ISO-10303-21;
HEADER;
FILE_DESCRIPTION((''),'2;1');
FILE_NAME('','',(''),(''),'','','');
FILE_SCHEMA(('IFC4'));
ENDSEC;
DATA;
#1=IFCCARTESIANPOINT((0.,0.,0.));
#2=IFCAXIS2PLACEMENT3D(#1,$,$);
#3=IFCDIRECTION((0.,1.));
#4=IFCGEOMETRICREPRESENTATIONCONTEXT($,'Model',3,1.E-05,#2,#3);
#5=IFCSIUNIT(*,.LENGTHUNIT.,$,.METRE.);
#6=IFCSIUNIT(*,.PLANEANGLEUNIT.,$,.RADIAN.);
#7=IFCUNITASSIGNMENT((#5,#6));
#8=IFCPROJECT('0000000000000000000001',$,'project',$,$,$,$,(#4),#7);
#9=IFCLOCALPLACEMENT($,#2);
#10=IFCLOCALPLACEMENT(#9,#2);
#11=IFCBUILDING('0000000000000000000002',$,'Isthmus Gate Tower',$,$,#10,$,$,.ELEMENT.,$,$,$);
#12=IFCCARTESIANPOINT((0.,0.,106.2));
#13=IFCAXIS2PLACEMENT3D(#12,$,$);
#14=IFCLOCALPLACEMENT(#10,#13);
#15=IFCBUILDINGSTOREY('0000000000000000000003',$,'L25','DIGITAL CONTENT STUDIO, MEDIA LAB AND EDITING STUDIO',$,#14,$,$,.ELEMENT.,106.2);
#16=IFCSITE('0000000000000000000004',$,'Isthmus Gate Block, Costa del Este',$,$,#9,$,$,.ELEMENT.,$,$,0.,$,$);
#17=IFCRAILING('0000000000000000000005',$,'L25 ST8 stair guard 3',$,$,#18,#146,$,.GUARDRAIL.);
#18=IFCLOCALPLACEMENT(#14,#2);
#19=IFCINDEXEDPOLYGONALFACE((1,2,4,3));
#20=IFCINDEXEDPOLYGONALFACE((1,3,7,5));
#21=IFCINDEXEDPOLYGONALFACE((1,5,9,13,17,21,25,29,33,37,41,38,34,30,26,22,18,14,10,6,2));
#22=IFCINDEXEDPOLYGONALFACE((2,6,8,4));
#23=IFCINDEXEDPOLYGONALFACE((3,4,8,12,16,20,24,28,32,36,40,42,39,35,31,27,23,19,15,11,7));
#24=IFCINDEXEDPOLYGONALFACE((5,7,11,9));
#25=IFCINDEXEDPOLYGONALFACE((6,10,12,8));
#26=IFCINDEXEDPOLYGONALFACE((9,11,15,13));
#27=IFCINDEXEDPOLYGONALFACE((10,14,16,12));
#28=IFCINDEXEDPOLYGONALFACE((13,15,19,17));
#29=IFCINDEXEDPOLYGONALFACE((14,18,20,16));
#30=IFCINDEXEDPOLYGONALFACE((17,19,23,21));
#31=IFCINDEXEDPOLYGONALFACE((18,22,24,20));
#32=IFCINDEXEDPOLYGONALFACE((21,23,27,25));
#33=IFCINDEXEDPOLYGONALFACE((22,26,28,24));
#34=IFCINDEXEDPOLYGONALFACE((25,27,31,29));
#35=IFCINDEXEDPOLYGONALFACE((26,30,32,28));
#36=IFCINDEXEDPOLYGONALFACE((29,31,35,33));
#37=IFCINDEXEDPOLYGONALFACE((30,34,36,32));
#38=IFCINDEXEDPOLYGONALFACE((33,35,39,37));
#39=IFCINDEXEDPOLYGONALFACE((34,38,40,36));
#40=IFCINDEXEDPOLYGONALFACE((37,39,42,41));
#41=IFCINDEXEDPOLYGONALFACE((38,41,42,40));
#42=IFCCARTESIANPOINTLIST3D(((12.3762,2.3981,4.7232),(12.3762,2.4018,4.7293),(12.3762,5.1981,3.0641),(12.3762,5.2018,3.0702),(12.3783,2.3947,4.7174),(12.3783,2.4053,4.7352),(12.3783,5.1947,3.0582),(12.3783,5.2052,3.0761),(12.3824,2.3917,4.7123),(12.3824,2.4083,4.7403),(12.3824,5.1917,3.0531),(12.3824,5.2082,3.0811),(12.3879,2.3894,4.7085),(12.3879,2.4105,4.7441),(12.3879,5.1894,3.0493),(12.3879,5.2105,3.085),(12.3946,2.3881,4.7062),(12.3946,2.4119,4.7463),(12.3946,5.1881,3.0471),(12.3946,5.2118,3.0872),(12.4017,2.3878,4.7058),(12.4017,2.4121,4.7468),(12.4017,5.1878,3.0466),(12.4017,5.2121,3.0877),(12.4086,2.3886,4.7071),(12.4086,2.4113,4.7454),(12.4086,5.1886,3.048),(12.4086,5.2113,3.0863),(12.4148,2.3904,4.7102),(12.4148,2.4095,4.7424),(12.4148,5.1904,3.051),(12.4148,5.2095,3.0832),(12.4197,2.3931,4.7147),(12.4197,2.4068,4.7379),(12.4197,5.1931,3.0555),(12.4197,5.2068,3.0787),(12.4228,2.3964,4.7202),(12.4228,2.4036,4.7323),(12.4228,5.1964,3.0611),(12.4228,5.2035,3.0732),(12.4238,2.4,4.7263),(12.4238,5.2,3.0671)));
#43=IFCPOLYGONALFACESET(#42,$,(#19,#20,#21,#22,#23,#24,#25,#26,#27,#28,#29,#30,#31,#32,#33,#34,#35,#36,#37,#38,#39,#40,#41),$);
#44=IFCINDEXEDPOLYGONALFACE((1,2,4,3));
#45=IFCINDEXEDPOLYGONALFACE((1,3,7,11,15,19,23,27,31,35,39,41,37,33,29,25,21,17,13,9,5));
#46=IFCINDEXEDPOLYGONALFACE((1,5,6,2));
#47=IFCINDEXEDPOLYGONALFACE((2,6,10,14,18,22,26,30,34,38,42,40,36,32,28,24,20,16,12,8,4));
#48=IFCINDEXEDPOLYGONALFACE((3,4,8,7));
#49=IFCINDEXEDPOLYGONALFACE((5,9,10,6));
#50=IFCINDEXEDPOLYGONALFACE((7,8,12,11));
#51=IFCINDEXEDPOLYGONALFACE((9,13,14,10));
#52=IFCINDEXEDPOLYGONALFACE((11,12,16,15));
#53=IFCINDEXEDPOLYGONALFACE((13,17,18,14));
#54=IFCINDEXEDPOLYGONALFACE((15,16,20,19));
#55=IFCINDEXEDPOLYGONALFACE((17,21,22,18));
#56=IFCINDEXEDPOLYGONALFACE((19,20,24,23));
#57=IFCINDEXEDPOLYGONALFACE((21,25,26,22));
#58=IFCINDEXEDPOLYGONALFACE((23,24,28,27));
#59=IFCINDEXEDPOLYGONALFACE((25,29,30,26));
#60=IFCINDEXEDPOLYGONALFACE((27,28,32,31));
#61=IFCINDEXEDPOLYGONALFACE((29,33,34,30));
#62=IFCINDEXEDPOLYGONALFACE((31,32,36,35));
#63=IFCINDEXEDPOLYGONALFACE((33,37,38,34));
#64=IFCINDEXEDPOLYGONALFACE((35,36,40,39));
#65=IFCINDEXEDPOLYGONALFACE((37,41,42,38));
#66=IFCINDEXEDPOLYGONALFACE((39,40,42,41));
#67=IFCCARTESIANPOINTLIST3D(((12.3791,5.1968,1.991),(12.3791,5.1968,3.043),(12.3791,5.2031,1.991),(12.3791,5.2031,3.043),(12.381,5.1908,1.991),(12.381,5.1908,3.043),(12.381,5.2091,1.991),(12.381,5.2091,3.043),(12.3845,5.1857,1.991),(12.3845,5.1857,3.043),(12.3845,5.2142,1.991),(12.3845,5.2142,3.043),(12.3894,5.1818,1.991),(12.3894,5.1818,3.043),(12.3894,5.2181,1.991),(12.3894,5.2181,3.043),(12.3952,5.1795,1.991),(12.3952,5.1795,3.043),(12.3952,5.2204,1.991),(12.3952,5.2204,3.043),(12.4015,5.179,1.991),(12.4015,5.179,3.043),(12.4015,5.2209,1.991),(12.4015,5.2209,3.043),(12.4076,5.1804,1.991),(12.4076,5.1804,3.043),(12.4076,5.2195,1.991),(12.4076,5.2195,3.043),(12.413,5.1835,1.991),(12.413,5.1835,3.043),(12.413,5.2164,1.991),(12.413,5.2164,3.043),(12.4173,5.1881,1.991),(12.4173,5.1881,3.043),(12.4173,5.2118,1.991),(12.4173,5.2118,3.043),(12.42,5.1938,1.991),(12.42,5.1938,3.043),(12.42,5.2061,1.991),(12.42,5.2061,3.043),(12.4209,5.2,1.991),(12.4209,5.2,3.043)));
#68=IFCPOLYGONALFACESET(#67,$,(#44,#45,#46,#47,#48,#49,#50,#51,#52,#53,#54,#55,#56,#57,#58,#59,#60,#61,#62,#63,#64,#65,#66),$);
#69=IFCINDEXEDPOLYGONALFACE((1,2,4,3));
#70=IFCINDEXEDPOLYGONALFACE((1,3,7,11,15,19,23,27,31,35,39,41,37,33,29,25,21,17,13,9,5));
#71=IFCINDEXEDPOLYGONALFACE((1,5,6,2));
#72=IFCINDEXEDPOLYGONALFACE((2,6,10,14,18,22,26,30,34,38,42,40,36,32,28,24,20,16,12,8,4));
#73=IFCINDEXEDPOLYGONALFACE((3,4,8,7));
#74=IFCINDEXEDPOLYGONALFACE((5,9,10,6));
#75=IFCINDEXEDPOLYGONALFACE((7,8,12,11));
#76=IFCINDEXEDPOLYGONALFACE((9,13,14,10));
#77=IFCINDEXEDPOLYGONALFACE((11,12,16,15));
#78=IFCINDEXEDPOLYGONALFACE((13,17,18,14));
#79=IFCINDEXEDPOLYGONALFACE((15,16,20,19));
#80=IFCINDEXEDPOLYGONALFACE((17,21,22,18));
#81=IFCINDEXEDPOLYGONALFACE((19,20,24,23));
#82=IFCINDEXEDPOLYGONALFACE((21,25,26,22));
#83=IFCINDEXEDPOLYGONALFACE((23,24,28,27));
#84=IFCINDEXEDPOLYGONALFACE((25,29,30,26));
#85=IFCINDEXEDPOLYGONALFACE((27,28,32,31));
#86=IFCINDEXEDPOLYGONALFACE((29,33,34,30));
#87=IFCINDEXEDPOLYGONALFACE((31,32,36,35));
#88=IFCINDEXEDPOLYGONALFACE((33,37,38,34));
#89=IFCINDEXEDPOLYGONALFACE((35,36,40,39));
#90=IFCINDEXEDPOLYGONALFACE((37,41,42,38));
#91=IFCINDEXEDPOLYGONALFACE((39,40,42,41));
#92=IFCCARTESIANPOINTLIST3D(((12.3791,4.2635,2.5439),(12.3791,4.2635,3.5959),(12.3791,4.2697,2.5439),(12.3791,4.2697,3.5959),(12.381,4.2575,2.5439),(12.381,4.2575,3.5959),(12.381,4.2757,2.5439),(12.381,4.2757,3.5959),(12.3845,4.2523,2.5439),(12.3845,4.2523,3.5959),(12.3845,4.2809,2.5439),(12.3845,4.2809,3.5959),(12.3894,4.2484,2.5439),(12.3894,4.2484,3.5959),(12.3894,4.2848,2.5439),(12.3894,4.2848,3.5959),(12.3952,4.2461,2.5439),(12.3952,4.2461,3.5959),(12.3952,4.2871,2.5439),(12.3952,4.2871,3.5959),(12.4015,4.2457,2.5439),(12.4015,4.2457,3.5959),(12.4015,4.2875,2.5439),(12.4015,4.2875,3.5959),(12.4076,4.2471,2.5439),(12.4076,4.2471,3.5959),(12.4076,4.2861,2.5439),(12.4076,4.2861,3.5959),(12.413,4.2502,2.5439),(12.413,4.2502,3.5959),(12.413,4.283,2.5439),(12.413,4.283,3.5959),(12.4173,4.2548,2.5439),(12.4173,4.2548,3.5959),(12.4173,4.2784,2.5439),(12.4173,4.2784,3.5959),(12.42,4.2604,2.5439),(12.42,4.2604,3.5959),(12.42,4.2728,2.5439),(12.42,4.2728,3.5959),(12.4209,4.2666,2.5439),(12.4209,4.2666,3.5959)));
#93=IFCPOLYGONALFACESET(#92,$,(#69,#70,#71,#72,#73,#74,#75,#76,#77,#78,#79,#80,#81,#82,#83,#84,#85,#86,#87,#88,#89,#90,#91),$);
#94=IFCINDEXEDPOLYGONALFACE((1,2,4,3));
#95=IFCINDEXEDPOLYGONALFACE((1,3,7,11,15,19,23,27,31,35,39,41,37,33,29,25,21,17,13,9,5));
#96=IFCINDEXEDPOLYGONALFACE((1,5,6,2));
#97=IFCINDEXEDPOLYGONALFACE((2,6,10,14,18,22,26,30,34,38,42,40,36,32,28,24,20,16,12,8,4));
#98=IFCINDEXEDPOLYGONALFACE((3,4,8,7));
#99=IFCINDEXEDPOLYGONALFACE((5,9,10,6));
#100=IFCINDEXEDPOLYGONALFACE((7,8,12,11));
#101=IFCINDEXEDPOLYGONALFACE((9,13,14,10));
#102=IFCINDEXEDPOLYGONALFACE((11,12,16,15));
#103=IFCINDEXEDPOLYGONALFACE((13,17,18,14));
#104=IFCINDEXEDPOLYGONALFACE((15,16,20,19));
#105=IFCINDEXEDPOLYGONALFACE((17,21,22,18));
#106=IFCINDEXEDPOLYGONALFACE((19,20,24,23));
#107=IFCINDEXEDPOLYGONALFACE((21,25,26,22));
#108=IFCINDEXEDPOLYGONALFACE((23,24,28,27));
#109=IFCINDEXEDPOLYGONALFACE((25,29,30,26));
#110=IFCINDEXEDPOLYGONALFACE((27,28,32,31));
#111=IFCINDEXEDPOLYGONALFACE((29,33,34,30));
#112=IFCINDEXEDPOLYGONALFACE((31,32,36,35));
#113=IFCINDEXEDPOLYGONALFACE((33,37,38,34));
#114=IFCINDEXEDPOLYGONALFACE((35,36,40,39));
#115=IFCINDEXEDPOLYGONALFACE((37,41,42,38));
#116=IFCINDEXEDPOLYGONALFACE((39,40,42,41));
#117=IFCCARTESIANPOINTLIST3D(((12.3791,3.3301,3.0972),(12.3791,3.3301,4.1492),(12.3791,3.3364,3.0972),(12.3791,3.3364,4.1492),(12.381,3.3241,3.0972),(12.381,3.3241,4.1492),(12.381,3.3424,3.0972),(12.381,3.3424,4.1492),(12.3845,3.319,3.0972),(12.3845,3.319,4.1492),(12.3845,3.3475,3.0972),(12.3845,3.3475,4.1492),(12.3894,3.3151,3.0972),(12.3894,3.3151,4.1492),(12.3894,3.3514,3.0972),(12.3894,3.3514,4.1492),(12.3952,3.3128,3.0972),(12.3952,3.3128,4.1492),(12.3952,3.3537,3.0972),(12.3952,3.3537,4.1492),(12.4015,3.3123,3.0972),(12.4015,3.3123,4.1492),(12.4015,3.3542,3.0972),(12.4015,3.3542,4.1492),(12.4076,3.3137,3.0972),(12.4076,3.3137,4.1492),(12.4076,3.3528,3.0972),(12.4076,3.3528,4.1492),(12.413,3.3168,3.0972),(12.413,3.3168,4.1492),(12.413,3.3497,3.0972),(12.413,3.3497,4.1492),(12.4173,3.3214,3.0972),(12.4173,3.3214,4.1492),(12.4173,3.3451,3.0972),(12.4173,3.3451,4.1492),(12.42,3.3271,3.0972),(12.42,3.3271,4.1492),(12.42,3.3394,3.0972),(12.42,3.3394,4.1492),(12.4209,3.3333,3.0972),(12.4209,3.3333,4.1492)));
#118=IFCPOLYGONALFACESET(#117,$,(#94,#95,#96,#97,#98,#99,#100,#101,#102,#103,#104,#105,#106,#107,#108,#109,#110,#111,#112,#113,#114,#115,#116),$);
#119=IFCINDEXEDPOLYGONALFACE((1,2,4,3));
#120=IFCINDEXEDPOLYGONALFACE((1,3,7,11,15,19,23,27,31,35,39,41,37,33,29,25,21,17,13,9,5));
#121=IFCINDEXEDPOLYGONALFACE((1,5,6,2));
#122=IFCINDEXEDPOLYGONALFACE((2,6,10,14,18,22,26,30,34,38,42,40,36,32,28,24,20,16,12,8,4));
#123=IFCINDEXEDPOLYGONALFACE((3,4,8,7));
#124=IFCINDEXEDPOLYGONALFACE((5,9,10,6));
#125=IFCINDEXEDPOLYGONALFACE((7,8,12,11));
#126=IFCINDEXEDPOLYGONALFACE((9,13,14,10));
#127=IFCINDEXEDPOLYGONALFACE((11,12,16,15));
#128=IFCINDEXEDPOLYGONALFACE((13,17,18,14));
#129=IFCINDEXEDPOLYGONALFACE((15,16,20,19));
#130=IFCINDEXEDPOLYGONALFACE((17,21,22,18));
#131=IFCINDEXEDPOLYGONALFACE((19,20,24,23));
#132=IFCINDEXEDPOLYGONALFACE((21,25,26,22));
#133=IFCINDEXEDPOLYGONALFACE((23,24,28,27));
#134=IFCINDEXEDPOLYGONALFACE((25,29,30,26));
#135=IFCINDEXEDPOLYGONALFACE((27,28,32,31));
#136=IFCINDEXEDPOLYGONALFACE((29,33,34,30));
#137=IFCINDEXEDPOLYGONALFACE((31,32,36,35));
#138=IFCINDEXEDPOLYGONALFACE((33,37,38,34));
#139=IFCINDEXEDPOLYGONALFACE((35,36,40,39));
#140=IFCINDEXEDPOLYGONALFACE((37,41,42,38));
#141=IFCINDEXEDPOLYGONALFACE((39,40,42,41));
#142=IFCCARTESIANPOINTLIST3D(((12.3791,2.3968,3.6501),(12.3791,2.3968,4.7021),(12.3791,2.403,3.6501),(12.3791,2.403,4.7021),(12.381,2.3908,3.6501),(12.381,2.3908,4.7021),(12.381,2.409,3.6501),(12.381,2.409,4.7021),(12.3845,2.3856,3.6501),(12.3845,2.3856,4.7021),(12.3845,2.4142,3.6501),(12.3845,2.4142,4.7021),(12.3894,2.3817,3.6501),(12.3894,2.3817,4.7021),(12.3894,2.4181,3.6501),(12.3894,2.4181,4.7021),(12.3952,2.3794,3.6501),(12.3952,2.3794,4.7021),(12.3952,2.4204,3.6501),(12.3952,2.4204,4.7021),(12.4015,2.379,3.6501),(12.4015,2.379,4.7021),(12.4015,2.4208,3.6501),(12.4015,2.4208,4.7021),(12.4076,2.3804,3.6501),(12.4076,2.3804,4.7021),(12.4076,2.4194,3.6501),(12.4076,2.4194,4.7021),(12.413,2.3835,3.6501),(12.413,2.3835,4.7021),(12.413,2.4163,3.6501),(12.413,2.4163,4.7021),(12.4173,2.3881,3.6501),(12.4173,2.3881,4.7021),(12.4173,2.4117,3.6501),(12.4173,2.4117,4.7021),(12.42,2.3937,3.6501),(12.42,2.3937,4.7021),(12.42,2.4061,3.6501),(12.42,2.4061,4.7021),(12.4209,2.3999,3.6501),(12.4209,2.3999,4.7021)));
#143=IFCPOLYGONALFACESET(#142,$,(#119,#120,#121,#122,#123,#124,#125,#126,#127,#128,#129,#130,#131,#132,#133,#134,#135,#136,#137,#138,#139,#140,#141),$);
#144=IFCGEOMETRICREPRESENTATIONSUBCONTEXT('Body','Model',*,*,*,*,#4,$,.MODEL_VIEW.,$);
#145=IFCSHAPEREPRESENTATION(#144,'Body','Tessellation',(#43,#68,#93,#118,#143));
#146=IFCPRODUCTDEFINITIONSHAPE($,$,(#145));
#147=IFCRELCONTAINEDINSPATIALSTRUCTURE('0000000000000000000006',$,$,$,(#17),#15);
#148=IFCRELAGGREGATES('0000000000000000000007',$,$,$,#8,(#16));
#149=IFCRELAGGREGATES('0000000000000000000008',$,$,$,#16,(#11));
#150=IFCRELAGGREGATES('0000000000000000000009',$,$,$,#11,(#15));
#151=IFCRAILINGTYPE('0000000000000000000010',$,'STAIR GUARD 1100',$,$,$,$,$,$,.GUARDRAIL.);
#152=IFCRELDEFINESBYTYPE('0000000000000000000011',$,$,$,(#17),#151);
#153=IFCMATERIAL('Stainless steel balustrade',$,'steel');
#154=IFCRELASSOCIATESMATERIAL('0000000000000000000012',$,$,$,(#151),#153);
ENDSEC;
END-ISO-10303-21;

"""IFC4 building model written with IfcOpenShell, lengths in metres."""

from ifc_helpers import new_model, si_unit, direction, frame, origin, origin_2d, place, context, subcontext, project, spatial, circle, extrude, material, type_object, element, save


model = new_model("IFC4")

# Units and contexts
model_context = context("Model", 3, precision=1e-05, world=origin(), true_north=direction((0.0, 1.0)))
body_context = subcontext(model_context, "Body", "Model", "MODEL_VIEW")
ifc_project = project(units=[si_unit("LENGTHUNIT", "METRE"), si_unit("PLANEANGLEUNIT", "RADIAN")], contexts=[model_context])

# Site, building, storey
site_placement = place(None, origin())
site = spatial("IfcSite", under=ifc_project, at=site_placement, Name="Isthmus Gate Block, Costa del Este", CompositionType="ELEMENT", RefElevation=0.0)
building_placement = place(site_placement, origin())
building = spatial("IfcBuilding", under=site, at=building_placement, Name="Isthmus Gate Tower", CompositionType="ELEMENT")
storey_placement = place(building_placement, frame((0.0, 0.0, 106.2)))
storey = spatial("IfcBuildingStorey", under=building, at=storey_placement, Name="L25", Description="DIGITAL CONTENT STUDIO, MEDIA LAB AND EDITING STUDIO", CompositionType="ELEMENT", Elevation=106.2)

# Railing
ifc_material_1 = material(Name="Stainless steel balustrade", Category="steel")
railing_type_1 = type_object("IfcRailingType", Name="STAIR GUARD 1100", PredefinedType="GUARDRAIL", material=ifc_material_1)
railing_1_placement = place(storey_placement, frame((12.3999, 5.2, 1.991)))
element("IfcRailing", 1, at=railing_1_placement, inside=storey, type_object=railing_type_1, Name="L25 ST8 stair guard 3", PredefinedType="GUARDRAIL", context=body_context, shape_type="SweptSolid", body=[
    extrude(circle(Radius=0.0239, at=origin_2d()), frame((0.0, 0.0, 1.0762), z_axis=(0.0, -0.860306, 0.509778), x_axis=(1.0, 0.0, 0.0)), (0.0, 0.0, 1.0), 3.2546),
    extrude(circle(Radius=0.021, at=origin_2d()), origin(), (0.0, 0.0, 1.0), 1.052),
    extrude(circle(Radius=0.021, at=origin_2d()), frame((0.0, -0.9333, 0.553)), (0.0, 0.0, 1.0), 1.052),
    extrude(circle(Radius=0.021, at=origin_2d()), frame((0.0, -1.8667, 1.1062)), (0.0, 0.0, 1.0), 1.052),
    extrude(circle(Radius=0.021, at=origin_2d()), frame((0.0, -2.8, 1.6592)), (0.0, 0.0, 1.0), 1.052),
])

save(model, "model.ifc")
